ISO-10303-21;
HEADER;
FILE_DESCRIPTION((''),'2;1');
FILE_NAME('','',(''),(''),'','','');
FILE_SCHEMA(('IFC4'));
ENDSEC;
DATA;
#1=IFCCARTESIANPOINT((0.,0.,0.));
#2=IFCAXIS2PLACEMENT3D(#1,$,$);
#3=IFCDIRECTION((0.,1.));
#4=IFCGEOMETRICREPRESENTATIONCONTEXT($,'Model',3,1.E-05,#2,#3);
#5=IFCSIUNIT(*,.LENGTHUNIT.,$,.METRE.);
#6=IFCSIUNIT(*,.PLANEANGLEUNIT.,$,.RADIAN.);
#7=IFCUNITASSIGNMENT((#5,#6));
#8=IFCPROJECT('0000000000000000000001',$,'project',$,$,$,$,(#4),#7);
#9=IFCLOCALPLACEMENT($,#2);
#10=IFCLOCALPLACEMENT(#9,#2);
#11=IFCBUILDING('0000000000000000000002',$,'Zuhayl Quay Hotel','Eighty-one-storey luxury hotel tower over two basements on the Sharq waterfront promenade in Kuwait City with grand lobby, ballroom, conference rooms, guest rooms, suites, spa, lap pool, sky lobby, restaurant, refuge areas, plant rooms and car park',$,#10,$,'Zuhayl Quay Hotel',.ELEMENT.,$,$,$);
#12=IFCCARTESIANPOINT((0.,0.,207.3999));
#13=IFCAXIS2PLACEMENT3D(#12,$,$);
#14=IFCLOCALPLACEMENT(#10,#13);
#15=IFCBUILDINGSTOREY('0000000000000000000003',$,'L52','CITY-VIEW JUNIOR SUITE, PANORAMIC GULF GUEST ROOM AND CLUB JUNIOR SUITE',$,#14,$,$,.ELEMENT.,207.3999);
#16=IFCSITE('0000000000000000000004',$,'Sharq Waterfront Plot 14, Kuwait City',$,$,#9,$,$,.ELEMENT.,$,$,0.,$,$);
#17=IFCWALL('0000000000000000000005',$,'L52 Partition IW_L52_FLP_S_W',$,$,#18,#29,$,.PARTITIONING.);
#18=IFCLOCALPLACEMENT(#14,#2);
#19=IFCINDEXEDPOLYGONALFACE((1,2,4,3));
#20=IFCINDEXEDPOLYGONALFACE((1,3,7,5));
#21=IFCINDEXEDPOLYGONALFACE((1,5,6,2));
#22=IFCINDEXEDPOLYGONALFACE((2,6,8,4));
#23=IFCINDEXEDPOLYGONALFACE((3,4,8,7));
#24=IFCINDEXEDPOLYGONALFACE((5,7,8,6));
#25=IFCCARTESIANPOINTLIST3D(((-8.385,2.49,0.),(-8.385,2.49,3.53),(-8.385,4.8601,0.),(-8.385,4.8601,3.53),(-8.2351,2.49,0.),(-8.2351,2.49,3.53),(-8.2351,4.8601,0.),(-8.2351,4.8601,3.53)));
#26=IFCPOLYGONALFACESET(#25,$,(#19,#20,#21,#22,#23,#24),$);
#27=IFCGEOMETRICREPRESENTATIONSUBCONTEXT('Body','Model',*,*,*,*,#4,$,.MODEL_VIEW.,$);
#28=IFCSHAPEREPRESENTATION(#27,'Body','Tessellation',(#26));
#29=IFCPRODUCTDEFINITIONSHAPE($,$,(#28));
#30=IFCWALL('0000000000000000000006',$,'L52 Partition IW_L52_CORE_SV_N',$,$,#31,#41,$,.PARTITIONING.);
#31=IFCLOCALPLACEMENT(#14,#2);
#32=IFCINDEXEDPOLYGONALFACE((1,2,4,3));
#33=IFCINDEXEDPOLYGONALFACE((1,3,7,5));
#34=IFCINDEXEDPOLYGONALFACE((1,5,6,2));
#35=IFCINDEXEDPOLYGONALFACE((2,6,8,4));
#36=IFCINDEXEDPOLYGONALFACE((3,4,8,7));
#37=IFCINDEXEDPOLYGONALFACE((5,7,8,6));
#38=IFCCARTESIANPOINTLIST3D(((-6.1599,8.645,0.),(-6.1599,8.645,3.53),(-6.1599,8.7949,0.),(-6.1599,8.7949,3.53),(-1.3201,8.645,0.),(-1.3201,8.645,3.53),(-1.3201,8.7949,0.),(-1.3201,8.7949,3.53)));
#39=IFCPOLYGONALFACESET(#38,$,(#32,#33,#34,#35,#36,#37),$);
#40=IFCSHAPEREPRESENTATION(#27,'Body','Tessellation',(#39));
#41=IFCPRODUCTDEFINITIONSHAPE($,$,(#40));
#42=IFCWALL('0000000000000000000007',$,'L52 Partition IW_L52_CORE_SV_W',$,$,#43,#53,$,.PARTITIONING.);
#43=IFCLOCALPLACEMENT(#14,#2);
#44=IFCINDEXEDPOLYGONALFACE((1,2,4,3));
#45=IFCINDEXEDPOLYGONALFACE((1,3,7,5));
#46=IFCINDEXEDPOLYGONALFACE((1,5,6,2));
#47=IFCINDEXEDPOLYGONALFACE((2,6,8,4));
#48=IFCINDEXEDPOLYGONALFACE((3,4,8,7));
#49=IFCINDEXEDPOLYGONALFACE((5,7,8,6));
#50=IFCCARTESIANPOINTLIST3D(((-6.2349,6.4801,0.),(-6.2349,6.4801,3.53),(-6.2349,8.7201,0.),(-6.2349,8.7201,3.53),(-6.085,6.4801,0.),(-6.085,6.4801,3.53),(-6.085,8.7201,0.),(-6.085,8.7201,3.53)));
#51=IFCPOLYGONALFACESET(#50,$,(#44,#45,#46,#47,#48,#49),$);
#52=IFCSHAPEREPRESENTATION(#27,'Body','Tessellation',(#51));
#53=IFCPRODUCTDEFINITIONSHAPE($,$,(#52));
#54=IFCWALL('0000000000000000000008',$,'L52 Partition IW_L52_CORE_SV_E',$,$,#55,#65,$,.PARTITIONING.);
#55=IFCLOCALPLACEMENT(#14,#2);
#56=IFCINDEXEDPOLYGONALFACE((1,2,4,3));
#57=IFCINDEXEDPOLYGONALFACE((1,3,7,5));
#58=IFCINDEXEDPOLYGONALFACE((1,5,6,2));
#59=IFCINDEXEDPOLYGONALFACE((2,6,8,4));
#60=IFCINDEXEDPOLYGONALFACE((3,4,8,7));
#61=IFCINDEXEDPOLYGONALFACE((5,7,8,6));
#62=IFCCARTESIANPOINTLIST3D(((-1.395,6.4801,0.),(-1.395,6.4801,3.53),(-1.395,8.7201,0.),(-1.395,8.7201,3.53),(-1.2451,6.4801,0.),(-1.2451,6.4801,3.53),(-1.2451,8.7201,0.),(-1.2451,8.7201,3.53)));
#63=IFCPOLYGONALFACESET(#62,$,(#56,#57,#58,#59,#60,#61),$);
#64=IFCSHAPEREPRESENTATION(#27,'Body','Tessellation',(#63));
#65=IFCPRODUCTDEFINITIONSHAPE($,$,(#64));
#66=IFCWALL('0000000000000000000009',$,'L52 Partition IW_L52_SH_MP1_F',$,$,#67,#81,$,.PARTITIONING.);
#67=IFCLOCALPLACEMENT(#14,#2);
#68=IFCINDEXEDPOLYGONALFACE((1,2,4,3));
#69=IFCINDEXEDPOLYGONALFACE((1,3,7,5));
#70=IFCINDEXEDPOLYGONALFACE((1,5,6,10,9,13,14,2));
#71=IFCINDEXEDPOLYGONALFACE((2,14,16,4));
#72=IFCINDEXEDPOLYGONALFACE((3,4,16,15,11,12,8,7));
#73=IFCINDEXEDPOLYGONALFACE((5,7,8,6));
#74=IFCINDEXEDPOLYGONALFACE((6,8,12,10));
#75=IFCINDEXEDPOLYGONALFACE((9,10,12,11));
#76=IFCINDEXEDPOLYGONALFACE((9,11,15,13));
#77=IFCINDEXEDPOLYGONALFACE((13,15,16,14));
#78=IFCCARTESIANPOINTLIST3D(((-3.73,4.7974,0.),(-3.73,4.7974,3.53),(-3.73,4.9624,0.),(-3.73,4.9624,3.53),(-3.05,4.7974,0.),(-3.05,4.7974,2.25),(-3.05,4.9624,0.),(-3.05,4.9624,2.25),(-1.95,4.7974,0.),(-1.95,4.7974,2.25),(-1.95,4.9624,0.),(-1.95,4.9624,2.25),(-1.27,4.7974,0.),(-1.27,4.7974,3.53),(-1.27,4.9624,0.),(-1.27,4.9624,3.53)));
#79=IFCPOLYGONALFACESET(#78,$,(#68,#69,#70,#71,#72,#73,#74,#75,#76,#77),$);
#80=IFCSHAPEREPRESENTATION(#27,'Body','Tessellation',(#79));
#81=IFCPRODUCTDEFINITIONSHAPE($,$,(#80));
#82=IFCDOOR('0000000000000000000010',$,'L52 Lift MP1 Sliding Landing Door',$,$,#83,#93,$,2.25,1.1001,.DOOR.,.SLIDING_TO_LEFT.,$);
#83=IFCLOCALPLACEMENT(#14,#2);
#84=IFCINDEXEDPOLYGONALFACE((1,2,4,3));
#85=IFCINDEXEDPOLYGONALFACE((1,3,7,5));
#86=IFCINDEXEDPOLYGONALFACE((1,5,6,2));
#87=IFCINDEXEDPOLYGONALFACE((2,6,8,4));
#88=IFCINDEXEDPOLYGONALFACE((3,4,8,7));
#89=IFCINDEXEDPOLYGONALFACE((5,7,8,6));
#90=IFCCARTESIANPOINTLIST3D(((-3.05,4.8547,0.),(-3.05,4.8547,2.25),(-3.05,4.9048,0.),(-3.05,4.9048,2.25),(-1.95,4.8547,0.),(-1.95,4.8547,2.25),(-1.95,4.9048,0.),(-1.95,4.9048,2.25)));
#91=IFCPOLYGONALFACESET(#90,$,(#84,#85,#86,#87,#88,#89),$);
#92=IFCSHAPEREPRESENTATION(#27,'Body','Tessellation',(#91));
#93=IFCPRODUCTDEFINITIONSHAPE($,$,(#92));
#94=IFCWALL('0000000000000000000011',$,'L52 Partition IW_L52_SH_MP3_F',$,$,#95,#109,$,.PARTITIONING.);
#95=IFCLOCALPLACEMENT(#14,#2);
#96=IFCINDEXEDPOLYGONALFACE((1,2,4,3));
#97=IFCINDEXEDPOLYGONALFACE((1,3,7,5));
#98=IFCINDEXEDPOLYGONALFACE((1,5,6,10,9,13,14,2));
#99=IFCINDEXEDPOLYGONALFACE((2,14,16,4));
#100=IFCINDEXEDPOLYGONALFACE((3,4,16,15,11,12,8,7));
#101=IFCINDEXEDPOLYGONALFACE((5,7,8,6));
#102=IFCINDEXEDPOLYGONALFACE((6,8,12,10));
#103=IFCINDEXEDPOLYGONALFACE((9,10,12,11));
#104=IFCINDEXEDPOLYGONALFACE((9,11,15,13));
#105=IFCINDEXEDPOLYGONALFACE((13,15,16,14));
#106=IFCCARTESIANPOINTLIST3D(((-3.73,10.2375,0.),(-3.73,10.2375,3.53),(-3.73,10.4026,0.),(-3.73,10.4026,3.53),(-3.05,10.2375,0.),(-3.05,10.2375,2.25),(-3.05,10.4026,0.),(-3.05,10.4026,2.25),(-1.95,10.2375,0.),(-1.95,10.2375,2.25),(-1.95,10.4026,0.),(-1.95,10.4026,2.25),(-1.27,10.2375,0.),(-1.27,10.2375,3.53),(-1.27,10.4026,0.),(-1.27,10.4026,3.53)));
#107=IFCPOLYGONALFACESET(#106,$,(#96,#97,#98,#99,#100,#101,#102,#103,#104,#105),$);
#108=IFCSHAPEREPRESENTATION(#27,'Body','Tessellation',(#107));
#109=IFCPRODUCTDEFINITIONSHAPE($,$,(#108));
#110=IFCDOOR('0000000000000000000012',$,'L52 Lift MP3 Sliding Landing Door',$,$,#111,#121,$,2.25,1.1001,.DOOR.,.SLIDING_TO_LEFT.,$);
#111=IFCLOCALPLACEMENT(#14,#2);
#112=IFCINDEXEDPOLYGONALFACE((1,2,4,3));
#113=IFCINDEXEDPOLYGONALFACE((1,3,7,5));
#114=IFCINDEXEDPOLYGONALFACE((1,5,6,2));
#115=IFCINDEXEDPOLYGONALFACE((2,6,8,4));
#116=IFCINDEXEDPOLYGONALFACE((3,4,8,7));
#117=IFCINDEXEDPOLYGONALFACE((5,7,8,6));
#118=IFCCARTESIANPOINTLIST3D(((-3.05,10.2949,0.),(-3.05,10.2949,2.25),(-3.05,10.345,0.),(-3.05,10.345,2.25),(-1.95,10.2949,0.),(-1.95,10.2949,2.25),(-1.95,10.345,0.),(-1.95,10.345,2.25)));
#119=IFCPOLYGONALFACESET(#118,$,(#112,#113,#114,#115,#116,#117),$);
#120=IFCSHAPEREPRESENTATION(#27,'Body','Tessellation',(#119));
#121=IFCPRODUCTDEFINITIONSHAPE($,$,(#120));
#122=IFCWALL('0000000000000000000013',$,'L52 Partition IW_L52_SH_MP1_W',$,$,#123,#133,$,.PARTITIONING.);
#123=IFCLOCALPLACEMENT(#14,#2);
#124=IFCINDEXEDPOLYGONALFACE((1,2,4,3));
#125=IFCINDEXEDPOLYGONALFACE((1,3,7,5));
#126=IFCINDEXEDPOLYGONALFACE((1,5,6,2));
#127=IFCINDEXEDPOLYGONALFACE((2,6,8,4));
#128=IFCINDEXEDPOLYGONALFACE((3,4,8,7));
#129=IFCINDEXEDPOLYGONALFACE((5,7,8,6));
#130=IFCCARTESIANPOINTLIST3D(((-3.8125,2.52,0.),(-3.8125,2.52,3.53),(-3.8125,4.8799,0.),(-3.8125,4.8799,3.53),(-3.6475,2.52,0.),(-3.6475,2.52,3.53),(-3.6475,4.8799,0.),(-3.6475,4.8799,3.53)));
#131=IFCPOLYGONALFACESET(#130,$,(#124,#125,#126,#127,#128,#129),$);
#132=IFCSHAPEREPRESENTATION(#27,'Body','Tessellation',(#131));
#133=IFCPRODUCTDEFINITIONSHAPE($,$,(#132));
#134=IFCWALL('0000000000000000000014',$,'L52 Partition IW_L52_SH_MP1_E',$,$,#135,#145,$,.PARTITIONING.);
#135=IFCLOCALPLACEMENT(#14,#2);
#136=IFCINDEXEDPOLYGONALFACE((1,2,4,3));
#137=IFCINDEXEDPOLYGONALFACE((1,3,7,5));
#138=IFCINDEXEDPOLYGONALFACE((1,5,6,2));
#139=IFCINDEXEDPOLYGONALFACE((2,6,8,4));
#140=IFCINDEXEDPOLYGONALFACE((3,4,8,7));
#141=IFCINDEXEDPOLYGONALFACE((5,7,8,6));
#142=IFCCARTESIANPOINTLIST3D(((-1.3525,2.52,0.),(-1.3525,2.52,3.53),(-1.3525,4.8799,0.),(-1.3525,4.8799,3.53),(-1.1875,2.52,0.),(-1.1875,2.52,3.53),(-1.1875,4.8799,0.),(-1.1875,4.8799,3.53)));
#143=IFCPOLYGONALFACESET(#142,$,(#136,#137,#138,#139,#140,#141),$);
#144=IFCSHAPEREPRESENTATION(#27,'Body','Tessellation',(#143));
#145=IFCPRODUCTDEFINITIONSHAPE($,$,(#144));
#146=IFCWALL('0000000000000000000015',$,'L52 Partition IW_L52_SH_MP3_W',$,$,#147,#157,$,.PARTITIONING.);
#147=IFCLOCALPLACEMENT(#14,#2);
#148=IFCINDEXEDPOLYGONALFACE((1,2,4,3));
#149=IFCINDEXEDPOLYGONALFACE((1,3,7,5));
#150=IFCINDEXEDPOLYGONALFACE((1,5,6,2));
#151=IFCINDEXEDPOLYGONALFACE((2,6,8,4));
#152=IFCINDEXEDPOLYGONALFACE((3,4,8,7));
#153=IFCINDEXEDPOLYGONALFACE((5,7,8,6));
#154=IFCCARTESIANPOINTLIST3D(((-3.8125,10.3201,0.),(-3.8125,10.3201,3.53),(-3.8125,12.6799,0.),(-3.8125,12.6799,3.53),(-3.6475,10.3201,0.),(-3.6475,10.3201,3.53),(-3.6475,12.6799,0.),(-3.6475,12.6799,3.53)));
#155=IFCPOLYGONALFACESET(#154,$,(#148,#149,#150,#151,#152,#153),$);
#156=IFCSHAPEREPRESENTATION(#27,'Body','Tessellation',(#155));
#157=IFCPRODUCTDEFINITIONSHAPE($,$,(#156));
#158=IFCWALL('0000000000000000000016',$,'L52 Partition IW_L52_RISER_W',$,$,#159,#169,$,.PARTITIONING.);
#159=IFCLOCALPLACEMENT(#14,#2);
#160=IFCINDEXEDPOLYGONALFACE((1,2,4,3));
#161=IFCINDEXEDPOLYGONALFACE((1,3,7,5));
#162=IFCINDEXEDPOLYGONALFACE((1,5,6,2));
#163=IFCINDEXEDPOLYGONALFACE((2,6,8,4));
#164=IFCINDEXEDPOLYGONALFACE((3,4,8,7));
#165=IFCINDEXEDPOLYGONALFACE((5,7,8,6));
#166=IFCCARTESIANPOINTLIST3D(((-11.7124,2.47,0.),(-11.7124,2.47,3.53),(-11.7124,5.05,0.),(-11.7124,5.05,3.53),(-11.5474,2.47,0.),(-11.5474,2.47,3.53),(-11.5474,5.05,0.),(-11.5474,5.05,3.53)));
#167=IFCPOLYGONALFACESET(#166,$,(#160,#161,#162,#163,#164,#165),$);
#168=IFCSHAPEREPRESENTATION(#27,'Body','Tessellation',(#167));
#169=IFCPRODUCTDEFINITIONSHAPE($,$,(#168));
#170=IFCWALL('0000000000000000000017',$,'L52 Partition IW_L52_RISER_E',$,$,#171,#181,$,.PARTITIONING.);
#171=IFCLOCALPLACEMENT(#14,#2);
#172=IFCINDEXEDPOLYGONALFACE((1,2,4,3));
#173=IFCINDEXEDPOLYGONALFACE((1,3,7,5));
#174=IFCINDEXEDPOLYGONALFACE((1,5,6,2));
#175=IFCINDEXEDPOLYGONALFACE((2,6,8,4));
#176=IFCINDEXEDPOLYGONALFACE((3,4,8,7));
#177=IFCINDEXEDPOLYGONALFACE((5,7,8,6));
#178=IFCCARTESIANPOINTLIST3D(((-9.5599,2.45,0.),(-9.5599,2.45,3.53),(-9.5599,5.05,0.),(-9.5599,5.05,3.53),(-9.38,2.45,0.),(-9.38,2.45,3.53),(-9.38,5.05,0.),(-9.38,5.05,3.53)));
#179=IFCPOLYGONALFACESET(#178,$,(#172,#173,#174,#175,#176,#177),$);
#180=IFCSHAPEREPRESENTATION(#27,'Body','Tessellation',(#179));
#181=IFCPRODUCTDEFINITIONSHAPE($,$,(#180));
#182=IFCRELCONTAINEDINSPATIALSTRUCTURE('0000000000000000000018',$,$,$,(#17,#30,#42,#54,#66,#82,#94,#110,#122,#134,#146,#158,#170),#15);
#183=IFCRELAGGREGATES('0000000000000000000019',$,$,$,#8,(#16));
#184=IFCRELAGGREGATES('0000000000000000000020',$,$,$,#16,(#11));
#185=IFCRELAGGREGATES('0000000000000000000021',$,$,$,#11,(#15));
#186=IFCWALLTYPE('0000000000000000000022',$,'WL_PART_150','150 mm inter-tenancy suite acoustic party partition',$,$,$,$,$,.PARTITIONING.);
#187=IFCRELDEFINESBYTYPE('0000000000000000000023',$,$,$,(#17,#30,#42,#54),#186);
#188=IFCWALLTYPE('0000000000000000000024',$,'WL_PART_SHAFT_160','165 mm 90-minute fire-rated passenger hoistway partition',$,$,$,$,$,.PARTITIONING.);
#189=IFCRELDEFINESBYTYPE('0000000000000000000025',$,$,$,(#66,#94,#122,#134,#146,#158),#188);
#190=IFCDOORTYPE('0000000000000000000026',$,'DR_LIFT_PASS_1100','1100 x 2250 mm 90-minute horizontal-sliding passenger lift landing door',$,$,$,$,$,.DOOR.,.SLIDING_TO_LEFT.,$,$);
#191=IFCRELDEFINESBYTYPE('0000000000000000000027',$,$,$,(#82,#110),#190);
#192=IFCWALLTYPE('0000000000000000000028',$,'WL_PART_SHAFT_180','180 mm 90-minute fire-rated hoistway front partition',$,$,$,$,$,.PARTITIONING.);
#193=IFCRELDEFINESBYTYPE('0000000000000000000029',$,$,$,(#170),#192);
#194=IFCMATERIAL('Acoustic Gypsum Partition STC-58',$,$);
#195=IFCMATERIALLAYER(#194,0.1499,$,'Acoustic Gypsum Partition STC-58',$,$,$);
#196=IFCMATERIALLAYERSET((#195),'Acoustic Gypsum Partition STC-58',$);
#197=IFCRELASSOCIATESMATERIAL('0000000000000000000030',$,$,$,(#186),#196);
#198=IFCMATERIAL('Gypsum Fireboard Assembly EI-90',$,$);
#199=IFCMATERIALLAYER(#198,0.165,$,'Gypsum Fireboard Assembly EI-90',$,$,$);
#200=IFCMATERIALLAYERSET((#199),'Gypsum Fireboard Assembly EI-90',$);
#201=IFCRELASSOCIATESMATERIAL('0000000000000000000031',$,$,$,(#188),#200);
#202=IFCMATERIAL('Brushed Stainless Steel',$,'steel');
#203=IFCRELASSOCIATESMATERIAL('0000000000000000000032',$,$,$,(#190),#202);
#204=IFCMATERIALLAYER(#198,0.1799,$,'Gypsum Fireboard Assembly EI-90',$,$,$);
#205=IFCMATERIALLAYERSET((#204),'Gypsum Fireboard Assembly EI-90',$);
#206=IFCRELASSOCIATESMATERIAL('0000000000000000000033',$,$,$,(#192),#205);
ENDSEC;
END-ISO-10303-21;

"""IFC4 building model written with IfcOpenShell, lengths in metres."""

from ifc_helpers import new_model, si_unit, direction, frame, frame_2d, origin, place, context, subcontext, project, spatial, rectangle, extrude, material, layer, layer_set, type_object, element, fill, save


model = new_model("IFC4")

# Units and contexts
model_context = context("Model", 3, precision=1e-05, world=origin(), true_north=direction((0.0, 1.0)))
body_context = subcontext(model_context, "Body", "Model", "MODEL_VIEW")
ifc_project = project(units=[si_unit("LENGTHUNIT", "METRE"), si_unit("PLANEANGLEUNIT", "RADIAN")], contexts=[model_context])

# Site, building, storey
site_placement = place(None, origin())
site = spatial("IfcSite", under=ifc_project, at=site_placement, Name="Sharq Waterfront Plot 14, Kuwait City", CompositionType="ELEMENT", RefElevation=0.0)
building_placement = place(site_placement, origin())
building = spatial("IfcBuilding", under=site, at=building_placement, Name="Zuhayl Quay Hotel", Description="Eighty-one-storey luxury hotel tower over two basements on the Sharq waterfront promenade in Kuwait City with grand lobby, ballroom, conference rooms, guest rooms, suites, spa, lap pool, sky lobby, restaurant, refuge areas, plant rooms and car park", LongName="Zuhayl Quay Hotel", CompositionType="ELEMENT")
storey_placement = place(building_placement, frame((0.0, 0.0, 207.3999)))
storey = spatial("IfcBuildingStorey", under=building, at=storey_placement, Name="L52", Description="CITY-VIEW JUNIOR SUITE, PANORAMIC GULF GUEST ROOM AND CLUB JUNIOR SUITE", CompositionType="ELEMENT", Elevation=207.3999)

# Shared definitions
ifc_material_1 = material(Name="Acoustic Gypsum Partition STC-58")
ifc_layer_1 = layer(ifc_material_1, 0.1499, Name="Acoustic Gypsum Partition STC-58")
ifc_layer_set_1 = layer_set([ifc_layer_1], Name="Acoustic Gypsum Partition STC-58")
wall_type_1 = type_object("IfcWallType", Name="WL_PART_150", Description="150 mm inter-tenancy suite acoustic party partition", PredefinedType="PARTITIONING", material=ifc_layer_set_1)

# Walls
wall_1_placement = place(storey_placement, frame((-8.3101, 2.49, 0.0), z_axis=(0.0, 0.0, 1.0), x_axis=(0.0, 1.0, 0.0)))
element("IfcWall", 1, at=wall_1_placement, inside=storey, type_object=wall_type_1, Name="L52 Partition IW_L52_FLP_S_W", PredefinedType="PARTITIONING", context=body_context, shape_type="SweptSolid", body=[
    extrude(rectangle(XDim=2.3701, YDim=0.1499, at=frame_2d((1.1851, 0.0))), origin(), (0.0, 0.0, 1.0), 3.53),
])
wall_2_placement = place(storey_placement, frame((-6.1599, 8.72, 0.0), z_axis=(0.0, 0.0, 1.0), x_axis=(1.0, 0.0, 0.0)))
element("IfcWall", 2, at=wall_2_placement, inside=storey, type_object=wall_type_1, Name="L52 Partition IW_L52_CORE_SV_N", PredefinedType="PARTITIONING", context=body_context, shape_type="SweptSolid", body=[
    extrude(rectangle(XDim=4.8398, YDim=0.1499, at=frame_2d((2.4199, 0.0))), origin(), (0.0, 0.0, 1.0), 3.53),
])
for number, where, z_axis, x_axis, name in (
    (3, (-6.1599, 6.48, 0.0), (0.0, 0.0, 1.0), (0.0, 1.0, 0.0), "L52 Partition IW_L52_CORE_SV_W"),
    (4, (-1.3201, 6.48, 0.0), (0.0, 0.0, 1.0), (0.0, 1.0, 0.0), "L52 Partition IW_L52_CORE_SV_E"),
):
    element("IfcWall", number, at=place(storey_placement, frame(where, z_axis=z_axis, x_axis=x_axis)), inside=storey, type_object=wall_type_1, Name=name, PredefinedType="PARTITIONING", context=body_context, shape_type="SweptSolid", body=[
        extrude(rectangle(XDim=2.24, YDim=0.1499, at=frame_2d((1.1201, 0.0))), origin(), (0.0, 0.0, 1.0), 3.53),
    ])

# Walls, openings, doors
ifc_material_2 = material(Name="Gypsum Fireboard Assembly EI-90")
ifc_layer_2 = layer(ifc_material_2, 0.165, Name="Gypsum Fireboard Assembly EI-90")
ifc_layer_set_2 = layer_set([ifc_layer_2], Name="Gypsum Fireboard Assembly EI-90")
wall_type_2 = type_object("IfcWallType", Name="WL_PART_SHAFT_160", Description="165 mm 90-minute fire-rated passenger hoistway partition", PredefinedType="PARTITIONING", material=ifc_layer_set_2)
wall_3_placement = place(storey_placement, frame((-3.73, 4.8799, 0.0), z_axis=(0.0, 0.0, 1.0), x_axis=(1.0, 0.0, 0.0)))
wall_3 = element("IfcWall", 5, at=wall_3_placement, inside=storey, type_object=wall_type_2, Name="L52 Partition IW_L52_SH_MP1_F", PredefinedType="PARTITIONING", context=body_context, shape_type="SweptSolid", body=[
    extrude(rectangle(XDim=2.46, YDim=0.165, at=frame_2d((1.23, 0.0))), origin(), (0.0, 0.0, 1.0), 3.53),
])
opening_1_placement = place(wall_3_placement, frame((0.6799, 0.0, 0.0)))
opening_1 = element("IfcOpeningElement", 6, at=opening_1_placement, cuts=wall_3, PredefinedType="OPENING", context=body_context, shape_type="SweptSolid", body=[
    extrude(rectangle(XDim=1.1001, YDim=2.25, at=frame_2d((0.55, 1.125))), frame((0.0, 0.0925, 0.0), z_axis=(0.0, -1.0, 0.0), x_axis=(1.0, 0.0, 0.0)), (0.0, 0.0, 1.0), 0.1851),
])
ifc_material_3 = material(Name="Brushed Stainless Steel", Category="steel")
door_type_1 = type_object("IfcDoorType", Name="DR_LIFT_PASS_1100", Description="1100 x 2250 mm 90-minute horizontal-sliding passenger lift landing door", OperationType="SLIDING_TO_LEFT", PredefinedType="DOOR", material=ifc_material_3)
door_1_placement = place(opening_1_placement, origin())
door_1 = element("IfcDoor", 7, at=door_1_placement, inside=storey, type_object=door_type_1, Name="L52 Lift MP1 Sliding Landing Door", OperationType="SLIDING_TO_LEFT", OverallHeight=2.25, OverallWidth=1.1001, PredefinedType="DOOR", context=body_context, shape_type="SweptSolid", body=[
    extrude(rectangle(XDim=1.1001, YDim=2.25, at=frame_2d((0.55, 1.125))), frame((0.0, 0.0249, 0.0), z_axis=(0.0, -1.0, 0.0), x_axis=(1.0, 0.0, 0.0)), (0.0, 0.0, 1.0), 0.05),
])
fill(opening_1, door_1)
wall_4_placement = place(storey_placement, frame((-3.73, 10.3201, 0.0), z_axis=(0.0, 0.0, 1.0), x_axis=(1.0, 0.0, 0.0)))
wall_4 = element("IfcWall", 8, at=wall_4_placement, inside=storey, type_object=wall_type_2, Name="L52 Partition IW_L52_SH_MP3_F", PredefinedType="PARTITIONING", context=body_context, shape_type="SweptSolid", body=[
    extrude(rectangle(XDim=2.46, YDim=0.165, at=frame_2d((1.23, 0.0))), origin(), (0.0, 0.0, 1.0), 3.53),
])
opening_2_placement = place(wall_4_placement, frame((0.6799, 0.0, 0.0)))
opening_2 = element("IfcOpeningElement", 9, at=opening_2_placement, cuts=wall_4, PredefinedType="OPENING", context=body_context, shape_type="SweptSolid", body=[
    extrude(rectangle(XDim=1.1001, YDim=2.25, at=frame_2d((0.55, 1.125))), frame((0.0, 0.0925, 0.0), z_axis=(0.0, -1.0, 0.0), x_axis=(1.0, 0.0, 0.0)), (0.0, 0.0, 1.0), 0.1851),
])
door_2_placement = place(opening_2_placement, origin())
door_2 = element("IfcDoor", 10, at=door_2_placement, inside=storey, type_object=door_type_1, Name="L52 Lift MP3 Sliding Landing Door", OperationType="SLIDING_TO_LEFT", OverallHeight=2.25, OverallWidth=1.1001, PredefinedType="DOOR", context=body_context, shape_type="SweptSolid", body=[
    extrude(rectangle(XDim=1.1001, YDim=2.25, at=frame_2d((0.55, 1.125))), frame((0.0, 0.0249, 0.0), z_axis=(0.0, -1.0, 0.0), x_axis=(1.0, 0.0, 0.0)), (0.0, 0.0, 1.0), 0.05),
])
fill(opening_2, door_2)

# Walls
for number, where, z_axis, x_axis, name in (
    (11, (-3.73, 2.52, 0.0), (0.0, 0.0, 1.0), (0.0, 1.0, 0.0), "L52 Partition IW_L52_SH_MP1_W"),
    (12, (-1.27, 2.52, 0.0), (0.0, 0.0, 1.0), (0.0, 1.0, 0.0), "L52 Partition IW_L52_SH_MP1_E"),
    (13, (-3.73, 10.3201, 0.0), (0.0, 0.0, 1.0), (0.0, 1.0, 0.0), "L52 Partition IW_L52_SH_MP3_W"),
):
    element("IfcWall", number, at=place(storey_placement, frame(where, z_axis=z_axis, x_axis=x_axis)), inside=storey, type_object=wall_type_2, Name=name, PredefinedType="PARTITIONING", context=body_context, shape_type="SweptSolid", body=[
        extrude(rectangle(XDim=2.3599, YDim=0.165, at=frame_2d((1.1799, 0.0))), origin(), (0.0, 0.0, 1.0), 3.53),
    ])
wall_5_placement = place(storey_placement, frame((-11.6299, 2.47, 0.0), z_axis=(0.0, 0.0, 1.0), x_axis=(0.0, 1.0, 0.0)))
element("IfcWall", 14, at=wall_5_placement, inside=storey, type_object=wall_type_2, Name="L52 Partition IW_L52_RISER_W", PredefinedType="PARTITIONING", context=body_context, shape_type="SweptSolid", body=[
    extrude(rectangle(XDim=2.5801, YDim=0.165, at=frame_2d((1.29, 0.0))), origin(), (0.0, 0.0, 1.0), 3.53),
])
ifc_layer_3 = layer(ifc_material_2, 0.1799, Name="Gypsum Fireboard Assembly EI-90")
ifc_layer_set_3 = layer_set([ifc_layer_3], Name="Gypsum Fireboard Assembly EI-90")
wall_type_3 = type_object("IfcWallType", Name="WL_PART_SHAFT_180", Description="180 mm 90-minute fire-rated hoistway front partition", PredefinedType="PARTITIONING", material=ifc_layer_set_3)
wall_6_placement = place(storey_placement, frame((-9.47, 2.45, 0.0), z_axis=(0.0, 0.0, 1.0), x_axis=(0.0, 1.0, 0.0)))
element("IfcWall", 15, at=wall_6_placement, inside=storey, type_object=wall_type_3, Name="L52 Partition IW_L52_RISER_E", PredefinedType="PARTITIONING", context=body_context, shape_type="SweptSolid", body=[
    extrude(rectangle(XDim=2.6001, YDim=0.1799, at=frame_2d((1.3, 0.0))), origin(), (0.0, 0.0, 1.0), 3.53),
])

save(model, "model.ifc")
